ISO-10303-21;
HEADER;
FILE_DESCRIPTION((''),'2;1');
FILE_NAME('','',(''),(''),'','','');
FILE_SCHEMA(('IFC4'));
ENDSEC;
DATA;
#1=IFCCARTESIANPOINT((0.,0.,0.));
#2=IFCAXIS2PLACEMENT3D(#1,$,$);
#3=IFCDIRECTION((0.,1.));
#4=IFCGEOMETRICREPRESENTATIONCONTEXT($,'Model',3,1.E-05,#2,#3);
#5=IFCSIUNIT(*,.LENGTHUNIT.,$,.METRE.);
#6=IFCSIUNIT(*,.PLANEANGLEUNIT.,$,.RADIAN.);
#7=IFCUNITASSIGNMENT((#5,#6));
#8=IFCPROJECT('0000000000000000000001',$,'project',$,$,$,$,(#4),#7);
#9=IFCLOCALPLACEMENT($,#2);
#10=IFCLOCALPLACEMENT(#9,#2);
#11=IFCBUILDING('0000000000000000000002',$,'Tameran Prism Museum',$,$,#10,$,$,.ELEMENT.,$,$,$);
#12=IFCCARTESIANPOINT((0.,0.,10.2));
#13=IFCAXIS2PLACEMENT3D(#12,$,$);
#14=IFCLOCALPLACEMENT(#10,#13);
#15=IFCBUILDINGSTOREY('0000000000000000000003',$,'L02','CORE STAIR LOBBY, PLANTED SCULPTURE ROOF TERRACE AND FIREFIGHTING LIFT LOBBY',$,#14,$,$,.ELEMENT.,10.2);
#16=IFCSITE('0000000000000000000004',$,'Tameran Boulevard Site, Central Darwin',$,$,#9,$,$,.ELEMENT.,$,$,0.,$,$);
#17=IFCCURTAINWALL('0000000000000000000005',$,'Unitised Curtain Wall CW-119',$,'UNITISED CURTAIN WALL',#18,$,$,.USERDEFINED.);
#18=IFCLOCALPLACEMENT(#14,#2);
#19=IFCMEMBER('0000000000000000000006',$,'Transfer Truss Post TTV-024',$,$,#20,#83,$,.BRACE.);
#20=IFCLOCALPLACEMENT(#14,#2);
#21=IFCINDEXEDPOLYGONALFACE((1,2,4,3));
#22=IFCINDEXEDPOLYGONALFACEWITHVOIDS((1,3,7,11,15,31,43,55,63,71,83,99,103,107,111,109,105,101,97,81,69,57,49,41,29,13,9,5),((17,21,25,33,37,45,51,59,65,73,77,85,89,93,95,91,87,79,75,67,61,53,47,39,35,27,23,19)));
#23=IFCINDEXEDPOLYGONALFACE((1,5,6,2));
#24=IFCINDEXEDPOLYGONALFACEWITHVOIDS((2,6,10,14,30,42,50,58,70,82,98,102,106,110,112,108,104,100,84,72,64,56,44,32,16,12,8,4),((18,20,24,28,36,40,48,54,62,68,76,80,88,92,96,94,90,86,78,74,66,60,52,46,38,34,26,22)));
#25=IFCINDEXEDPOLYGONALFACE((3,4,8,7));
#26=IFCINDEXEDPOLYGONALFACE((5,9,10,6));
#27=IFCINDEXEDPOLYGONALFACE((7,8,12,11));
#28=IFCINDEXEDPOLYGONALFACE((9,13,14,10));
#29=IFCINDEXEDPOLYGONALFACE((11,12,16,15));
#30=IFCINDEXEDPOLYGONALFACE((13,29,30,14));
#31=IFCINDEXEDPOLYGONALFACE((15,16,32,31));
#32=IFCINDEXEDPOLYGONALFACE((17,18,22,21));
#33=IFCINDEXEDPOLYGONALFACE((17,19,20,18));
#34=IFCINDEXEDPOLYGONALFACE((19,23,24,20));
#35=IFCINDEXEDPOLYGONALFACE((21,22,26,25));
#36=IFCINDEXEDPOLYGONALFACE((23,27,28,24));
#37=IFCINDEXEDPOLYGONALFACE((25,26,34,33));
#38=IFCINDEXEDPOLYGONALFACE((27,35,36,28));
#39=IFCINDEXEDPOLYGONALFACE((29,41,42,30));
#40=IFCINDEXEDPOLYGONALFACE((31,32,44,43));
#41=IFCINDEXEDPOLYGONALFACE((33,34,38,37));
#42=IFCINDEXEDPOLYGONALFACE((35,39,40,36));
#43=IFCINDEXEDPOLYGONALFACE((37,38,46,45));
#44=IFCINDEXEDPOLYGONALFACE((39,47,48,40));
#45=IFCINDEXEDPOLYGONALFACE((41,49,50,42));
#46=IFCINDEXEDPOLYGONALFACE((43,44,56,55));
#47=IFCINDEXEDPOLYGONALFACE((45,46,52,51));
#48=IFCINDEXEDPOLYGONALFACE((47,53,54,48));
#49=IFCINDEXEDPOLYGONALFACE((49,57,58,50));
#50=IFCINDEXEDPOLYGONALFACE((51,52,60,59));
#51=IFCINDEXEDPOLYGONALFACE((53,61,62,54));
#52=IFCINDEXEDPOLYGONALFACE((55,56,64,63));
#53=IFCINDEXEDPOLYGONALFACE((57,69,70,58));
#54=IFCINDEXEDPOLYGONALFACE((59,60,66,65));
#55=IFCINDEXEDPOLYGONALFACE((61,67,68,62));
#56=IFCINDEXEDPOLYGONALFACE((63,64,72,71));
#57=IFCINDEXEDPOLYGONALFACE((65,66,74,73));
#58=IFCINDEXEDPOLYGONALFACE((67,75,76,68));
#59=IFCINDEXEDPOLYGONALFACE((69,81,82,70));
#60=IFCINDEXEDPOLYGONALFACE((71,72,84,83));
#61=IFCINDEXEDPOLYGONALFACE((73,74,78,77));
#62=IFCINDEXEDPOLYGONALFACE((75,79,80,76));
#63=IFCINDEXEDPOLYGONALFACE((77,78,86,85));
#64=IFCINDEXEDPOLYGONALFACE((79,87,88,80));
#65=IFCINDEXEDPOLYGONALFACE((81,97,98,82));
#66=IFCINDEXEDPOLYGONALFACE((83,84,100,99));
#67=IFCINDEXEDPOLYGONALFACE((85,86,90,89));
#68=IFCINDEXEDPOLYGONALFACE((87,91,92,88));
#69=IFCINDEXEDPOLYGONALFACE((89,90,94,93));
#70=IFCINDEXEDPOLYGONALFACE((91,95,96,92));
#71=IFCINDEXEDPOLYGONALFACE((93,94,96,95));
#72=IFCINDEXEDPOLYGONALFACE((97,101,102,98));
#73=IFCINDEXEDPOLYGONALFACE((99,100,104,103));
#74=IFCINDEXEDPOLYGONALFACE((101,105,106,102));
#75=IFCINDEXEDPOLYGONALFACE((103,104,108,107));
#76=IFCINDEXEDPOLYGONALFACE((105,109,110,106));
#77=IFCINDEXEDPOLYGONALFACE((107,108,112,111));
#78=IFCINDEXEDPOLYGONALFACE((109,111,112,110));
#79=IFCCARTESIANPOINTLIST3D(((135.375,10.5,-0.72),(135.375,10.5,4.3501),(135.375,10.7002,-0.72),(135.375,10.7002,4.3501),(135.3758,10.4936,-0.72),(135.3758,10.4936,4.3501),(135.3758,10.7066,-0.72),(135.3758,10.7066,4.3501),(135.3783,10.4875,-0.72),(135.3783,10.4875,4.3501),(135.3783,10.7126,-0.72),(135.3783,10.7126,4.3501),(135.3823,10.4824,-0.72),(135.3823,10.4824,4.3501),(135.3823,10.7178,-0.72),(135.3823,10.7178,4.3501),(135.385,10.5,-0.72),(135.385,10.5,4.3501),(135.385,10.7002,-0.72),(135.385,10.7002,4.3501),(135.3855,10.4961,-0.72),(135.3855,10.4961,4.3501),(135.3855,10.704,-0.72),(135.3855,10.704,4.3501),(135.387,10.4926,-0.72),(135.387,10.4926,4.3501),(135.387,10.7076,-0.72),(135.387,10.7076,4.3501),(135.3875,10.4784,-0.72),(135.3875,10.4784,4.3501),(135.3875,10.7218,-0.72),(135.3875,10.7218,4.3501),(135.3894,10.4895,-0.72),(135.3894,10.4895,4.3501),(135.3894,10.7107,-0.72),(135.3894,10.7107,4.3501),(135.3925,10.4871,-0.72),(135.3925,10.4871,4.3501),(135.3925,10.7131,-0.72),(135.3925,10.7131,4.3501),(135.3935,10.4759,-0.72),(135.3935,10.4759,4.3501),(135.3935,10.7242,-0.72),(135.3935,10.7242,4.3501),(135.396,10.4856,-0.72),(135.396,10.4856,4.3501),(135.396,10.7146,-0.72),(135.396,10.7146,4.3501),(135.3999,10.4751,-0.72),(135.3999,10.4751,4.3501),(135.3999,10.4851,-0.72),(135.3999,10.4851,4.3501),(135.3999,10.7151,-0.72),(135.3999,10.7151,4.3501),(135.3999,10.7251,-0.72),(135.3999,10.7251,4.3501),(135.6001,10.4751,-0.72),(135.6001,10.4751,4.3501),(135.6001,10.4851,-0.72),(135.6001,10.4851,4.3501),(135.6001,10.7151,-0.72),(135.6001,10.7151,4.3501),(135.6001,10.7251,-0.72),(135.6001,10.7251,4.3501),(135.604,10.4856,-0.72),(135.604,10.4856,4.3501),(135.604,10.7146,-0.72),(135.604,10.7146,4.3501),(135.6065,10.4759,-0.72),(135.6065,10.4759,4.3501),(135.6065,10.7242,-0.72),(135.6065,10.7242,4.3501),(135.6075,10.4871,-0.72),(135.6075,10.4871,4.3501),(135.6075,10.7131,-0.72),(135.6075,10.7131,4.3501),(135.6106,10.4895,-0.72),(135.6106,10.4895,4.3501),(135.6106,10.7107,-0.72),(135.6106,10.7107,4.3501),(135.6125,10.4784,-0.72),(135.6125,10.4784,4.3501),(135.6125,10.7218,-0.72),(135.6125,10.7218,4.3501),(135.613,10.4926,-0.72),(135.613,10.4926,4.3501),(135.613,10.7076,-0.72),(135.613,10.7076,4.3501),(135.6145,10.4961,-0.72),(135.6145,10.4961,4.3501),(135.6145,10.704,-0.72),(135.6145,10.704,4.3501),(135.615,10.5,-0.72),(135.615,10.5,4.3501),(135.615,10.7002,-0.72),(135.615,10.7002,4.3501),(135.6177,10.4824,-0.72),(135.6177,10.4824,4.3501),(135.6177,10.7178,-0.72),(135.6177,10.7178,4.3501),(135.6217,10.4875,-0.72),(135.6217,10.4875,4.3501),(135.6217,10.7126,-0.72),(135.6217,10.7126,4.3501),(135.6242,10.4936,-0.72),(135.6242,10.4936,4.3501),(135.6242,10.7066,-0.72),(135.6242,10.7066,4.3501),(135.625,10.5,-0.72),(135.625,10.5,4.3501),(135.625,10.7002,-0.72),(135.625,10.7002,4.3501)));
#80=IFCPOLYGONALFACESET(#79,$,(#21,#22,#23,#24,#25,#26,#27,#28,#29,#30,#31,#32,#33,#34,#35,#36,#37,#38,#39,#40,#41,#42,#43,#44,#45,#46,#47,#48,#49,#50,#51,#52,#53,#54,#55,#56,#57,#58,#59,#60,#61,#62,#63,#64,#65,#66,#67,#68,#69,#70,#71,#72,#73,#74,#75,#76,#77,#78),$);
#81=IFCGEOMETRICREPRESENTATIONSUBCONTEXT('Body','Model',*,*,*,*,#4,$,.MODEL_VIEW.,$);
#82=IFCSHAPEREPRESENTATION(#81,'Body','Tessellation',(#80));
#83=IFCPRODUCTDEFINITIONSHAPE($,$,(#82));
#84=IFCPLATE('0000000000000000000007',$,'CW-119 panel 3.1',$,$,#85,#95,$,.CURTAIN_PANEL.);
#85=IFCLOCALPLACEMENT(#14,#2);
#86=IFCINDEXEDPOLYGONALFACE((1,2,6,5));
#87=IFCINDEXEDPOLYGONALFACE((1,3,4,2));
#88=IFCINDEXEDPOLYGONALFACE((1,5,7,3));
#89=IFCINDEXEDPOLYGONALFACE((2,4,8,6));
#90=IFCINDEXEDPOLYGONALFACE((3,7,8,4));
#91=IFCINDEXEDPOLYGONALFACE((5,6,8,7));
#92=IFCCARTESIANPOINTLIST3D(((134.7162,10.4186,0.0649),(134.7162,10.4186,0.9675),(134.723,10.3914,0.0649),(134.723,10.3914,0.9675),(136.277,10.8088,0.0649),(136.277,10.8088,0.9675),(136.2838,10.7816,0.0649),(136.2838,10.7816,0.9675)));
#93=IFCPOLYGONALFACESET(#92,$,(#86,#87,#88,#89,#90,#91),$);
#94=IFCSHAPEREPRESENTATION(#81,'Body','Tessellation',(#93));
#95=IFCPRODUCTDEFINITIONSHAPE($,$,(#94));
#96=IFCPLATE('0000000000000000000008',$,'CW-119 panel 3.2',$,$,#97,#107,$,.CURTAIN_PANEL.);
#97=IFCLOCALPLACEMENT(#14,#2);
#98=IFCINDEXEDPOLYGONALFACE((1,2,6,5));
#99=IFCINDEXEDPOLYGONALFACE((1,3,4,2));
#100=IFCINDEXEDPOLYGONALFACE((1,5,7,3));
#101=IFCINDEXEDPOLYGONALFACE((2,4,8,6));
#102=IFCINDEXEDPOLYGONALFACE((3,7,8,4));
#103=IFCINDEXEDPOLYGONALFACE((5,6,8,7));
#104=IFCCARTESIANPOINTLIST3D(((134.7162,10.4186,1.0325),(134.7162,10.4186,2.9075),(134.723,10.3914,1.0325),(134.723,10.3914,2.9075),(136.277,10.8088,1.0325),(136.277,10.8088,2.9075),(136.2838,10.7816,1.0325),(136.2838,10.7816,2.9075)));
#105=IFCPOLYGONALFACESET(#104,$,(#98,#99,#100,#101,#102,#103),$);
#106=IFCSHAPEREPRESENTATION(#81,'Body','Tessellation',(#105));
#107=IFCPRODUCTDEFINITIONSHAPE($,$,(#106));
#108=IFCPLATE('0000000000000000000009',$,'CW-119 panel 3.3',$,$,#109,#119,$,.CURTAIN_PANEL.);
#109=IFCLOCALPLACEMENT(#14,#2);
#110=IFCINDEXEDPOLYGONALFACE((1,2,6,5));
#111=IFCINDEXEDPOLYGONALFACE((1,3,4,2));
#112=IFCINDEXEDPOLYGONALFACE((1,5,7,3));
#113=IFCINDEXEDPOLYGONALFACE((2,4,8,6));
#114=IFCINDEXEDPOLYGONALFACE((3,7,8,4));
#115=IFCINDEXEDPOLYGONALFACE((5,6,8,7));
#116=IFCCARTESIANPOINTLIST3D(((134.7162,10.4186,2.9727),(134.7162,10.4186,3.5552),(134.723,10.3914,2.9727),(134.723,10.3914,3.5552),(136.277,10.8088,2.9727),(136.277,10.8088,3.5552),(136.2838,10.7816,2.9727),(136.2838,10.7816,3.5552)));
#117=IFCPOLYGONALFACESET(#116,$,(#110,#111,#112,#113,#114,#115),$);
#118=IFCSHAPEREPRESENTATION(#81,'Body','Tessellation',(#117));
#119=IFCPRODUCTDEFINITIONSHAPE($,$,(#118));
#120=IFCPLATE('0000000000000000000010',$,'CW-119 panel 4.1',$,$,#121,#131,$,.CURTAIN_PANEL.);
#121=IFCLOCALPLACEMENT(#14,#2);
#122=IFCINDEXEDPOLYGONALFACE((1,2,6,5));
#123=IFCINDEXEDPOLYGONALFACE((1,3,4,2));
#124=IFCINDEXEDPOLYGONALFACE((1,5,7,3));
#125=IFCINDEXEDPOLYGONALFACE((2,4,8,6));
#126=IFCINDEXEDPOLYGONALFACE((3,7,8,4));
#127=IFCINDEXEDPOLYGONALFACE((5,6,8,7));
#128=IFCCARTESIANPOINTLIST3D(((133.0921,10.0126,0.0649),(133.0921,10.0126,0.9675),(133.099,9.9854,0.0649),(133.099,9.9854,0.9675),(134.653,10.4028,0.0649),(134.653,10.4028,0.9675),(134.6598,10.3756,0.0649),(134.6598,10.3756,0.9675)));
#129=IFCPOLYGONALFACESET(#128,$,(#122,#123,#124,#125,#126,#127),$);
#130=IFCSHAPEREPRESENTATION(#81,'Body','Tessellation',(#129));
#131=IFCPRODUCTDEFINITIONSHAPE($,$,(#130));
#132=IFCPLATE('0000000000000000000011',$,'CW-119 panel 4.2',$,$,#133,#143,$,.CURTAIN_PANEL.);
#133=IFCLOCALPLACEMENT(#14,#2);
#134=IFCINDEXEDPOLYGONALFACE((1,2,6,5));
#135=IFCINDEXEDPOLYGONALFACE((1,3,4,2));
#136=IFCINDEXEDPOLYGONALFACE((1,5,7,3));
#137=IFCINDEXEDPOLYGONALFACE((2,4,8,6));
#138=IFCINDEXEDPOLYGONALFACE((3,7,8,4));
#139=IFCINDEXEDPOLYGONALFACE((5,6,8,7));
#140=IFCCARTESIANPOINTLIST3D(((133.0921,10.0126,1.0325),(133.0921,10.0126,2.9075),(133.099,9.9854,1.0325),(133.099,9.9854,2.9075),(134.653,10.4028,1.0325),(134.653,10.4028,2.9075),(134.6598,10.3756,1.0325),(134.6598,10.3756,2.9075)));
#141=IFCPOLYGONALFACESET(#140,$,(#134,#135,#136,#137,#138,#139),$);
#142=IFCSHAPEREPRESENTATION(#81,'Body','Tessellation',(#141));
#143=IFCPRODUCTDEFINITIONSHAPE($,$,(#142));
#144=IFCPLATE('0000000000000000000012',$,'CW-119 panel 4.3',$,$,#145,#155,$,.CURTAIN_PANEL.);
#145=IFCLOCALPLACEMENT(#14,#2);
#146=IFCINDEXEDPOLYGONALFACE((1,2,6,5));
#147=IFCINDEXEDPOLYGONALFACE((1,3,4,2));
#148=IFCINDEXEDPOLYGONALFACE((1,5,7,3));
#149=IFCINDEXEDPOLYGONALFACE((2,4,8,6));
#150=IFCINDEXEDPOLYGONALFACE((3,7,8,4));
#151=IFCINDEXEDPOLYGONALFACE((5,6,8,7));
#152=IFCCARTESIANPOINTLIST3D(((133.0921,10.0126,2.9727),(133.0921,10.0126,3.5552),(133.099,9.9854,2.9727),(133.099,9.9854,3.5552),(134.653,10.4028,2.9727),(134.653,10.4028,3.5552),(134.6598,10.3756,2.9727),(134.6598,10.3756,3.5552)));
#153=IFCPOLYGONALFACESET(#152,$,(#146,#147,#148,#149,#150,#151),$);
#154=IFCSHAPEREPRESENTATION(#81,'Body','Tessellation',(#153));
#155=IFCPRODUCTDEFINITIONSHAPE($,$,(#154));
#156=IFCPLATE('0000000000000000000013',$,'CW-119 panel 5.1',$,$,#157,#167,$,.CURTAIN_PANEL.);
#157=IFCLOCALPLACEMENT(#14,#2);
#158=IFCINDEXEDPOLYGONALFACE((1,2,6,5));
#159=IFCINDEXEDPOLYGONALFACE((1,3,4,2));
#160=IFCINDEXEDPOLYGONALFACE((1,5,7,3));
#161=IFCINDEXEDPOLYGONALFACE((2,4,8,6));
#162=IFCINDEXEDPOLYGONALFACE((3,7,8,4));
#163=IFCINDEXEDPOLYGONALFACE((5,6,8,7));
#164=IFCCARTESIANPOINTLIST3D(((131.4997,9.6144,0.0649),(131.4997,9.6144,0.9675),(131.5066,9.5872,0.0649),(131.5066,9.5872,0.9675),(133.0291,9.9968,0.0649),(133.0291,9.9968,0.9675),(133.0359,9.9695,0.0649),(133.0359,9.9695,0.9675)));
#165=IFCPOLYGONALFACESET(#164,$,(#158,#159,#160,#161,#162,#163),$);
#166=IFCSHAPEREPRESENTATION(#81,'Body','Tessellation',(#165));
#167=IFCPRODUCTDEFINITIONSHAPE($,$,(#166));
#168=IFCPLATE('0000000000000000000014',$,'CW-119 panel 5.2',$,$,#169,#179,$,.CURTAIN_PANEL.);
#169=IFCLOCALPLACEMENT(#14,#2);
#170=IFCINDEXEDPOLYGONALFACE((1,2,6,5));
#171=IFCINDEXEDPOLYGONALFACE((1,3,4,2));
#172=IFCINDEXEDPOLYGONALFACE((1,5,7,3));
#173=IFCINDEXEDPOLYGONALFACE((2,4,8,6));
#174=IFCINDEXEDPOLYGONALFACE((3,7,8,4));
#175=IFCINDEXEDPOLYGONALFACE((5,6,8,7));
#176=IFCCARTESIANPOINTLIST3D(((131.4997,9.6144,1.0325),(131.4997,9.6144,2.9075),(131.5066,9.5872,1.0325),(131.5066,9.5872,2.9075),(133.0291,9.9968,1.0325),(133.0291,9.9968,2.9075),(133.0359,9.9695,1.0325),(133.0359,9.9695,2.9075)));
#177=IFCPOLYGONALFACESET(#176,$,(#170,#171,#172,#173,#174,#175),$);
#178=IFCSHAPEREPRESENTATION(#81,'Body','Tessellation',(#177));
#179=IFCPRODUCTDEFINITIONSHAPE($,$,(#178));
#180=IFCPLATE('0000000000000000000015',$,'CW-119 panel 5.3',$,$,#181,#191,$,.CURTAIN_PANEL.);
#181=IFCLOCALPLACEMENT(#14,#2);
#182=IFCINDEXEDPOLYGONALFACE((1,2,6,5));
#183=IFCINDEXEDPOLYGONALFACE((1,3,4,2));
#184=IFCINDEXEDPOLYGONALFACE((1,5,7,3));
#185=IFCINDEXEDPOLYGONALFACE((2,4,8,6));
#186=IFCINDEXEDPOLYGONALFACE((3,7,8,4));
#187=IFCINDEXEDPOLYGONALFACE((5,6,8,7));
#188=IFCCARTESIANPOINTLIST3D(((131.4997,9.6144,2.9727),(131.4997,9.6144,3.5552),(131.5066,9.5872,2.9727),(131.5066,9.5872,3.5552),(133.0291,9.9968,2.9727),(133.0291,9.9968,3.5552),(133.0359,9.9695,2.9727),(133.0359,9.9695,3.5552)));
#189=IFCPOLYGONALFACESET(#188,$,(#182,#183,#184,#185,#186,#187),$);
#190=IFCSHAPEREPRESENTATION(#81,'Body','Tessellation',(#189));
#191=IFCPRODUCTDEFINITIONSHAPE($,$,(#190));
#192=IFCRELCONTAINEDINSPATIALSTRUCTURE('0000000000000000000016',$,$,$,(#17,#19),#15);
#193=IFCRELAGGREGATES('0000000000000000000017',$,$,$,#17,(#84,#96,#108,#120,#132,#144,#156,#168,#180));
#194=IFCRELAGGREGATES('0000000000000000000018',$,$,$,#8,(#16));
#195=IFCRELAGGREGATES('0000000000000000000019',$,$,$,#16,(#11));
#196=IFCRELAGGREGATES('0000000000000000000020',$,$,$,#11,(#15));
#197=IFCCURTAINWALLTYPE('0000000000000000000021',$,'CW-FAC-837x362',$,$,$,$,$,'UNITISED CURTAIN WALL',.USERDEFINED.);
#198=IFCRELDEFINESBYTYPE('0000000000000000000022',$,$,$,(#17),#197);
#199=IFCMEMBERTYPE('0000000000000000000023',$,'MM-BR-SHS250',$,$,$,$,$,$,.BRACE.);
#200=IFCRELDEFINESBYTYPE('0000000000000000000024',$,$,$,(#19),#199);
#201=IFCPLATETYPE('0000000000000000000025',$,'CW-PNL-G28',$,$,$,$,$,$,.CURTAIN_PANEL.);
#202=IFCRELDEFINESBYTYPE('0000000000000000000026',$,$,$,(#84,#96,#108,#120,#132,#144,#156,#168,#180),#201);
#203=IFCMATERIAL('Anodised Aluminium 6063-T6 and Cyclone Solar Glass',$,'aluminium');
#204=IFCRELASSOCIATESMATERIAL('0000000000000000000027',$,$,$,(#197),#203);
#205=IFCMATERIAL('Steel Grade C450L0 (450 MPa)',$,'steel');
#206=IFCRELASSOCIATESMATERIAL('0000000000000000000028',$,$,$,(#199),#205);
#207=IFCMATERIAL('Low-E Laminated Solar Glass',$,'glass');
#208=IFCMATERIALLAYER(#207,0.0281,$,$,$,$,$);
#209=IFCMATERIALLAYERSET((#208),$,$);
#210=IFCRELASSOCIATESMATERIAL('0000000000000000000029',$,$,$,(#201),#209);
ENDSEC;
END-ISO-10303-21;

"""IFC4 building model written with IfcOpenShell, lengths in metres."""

from ifc_helpers import new_model, si_unit, direction, frame, origin, origin_2d, place, context, subcontext, project, spatial, rectangle, hollow_rectangle, extrude, material, layer, layer_set, material_profile, profile_set, type_object, element, aggregate, save


model = new_model("IFC4")

# Units and contexts
model_context = context("Model", 3, precision=1e-05, world=origin(), true_north=direction((0.0, 1.0)))
body_context = subcontext(model_context, "Body", "Model", "MODEL_VIEW")
ifc_project = project(units=[si_unit("LENGTHUNIT", "METRE"), si_unit("PLANEANGLEUNIT", "RADIAN")], contexts=[model_context])

# Site, building, storey
site_placement = place(None, origin())
site = spatial("IfcSite", under=ifc_project, at=site_placement, Name="Tameran Boulevard Site, Central Darwin", CompositionType="ELEMENT", RefElevation=0.0)
building_placement = place(site_placement, origin())
building = spatial("IfcBuilding", under=site, at=building_placement, Name="Tameran Prism Museum", CompositionType="ELEMENT")
storey_placement = place(building_placement, frame((0.0, 0.0, 10.2)))
storey = spatial("IfcBuildingStorey", under=building, at=storey_placement, Name="L02", Description="CORE STAIR LOBBY, PLANTED SCULPTURE ROOF TERRACE AND FIREFIGHTING LIFT LOBBY", CompositionType="ELEMENT", Elevation=10.2)

# Curtain wall
ifc_material_1 = material(Name="Anodised Aluminium 6063-T6 and Cyclone Solar Glass", Category="aluminium")
curtain_wall_type = type_object("IfcCurtainWallType", Name="CW-FAC-837x362", ElementType="UNITISED CURTAIN WALL", PredefinedType="USERDEFINED", material=ifc_material_1)
curtain_wall_placement = place(storey_placement, origin())
curtain_wall = element("IfcCurtainWall", 1, at=curtain_wall_placement, inside=storey, type_object=curtain_wall_type, Name="Unitised Curtain Wall CW-119", ObjectType="UNITISED CURTAIN WALL", PredefinedType="USERDEFINED")

# Member
ifc_material_2 = material(Name="Steel Grade C450L0 (450 MPa)", Category="steel")
ifc_material_profile_1 = material_profile(ifc_material_2, hollow_rectangle(XDim=0.25, YDim=0.25, WallThickness=0.01, InnerFilletRadius=0.0149, OuterFilletRadius=0.0249, at=origin_2d()))
ifc_profile_set_1 = profile_set([ifc_material_profile_1])
member_type_1 = type_object("IfcMemberType", Name="MM-BR-SHS250", PredefinedType="BRACE", material=ifc_profile_set_1)
member_1_placement = place(storey_placement, frame((135.5, 10.6001, -0.72), z_axis=(0.0, 0.0, 1.0), x_axis=(1.0, 0.0, 0.0)))
element("IfcMember", 2, at=member_1_placement, inside=storey, type_object=member_type_1, Name="Transfer Truss Post TTV-024", PredefinedType="BRACE", context=body_context, shape_type="SweptSolid", body=[
    extrude(hollow_rectangle(XDim=0.25, YDim=0.25, WallThickness=0.01, InnerFilletRadius=0.0149, OuterFilletRadius=0.0249, at=origin_2d()), origin(), (0.0, 0.0, 1.0), 5.0701),
])

# Plates
ifc_material_3 = material(Name="Low-E Laminated Solar Glass", Category="glass")
ifc_layer_1 = layer(ifc_material_3, 0.0281)
ifc_layer_set_1 = layer_set([ifc_layer_1])
plate_type_1 = type_object("IfcPlateType", Name="CW-PNL-G28", PredefinedType="CURTAIN_PANEL", material=ifc_layer_set_1)
plate_1_placement = place(storey_placement, frame((135.5, 10.6001, 0.0649), z_axis=(0.0, 0.0, 1.0), x_axis=(-0.970143, -0.242536, 0.0)))
plate_1 = element("IfcPlate", 3, at=plate_1_placement, type_object=plate_type_1, Name="CW-119 panel 3.1", PredefinedType="CURTAIN_PANEL", context=body_context, shape_type="SweptSolid", body=[
    extrude(rectangle(XDim=1.6089, YDim=0.0281, at=origin_2d()), origin(), (0.0, 0.0, 1.0), 0.9026),
])
plate_2_placement = place(storey_placement, frame((135.5, 10.6001, 1.0325), z_axis=(0.0, 0.0, 1.0), x_axis=(-0.970143, -0.242536, 0.0)))
plate_2 = element("IfcPlate", 4, at=plate_2_placement, type_object=plate_type_1, Name="CW-119 panel 3.2", PredefinedType="CURTAIN_PANEL", context=body_context, shape_type="SweptSolid", body=[
    extrude(rectangle(XDim=1.6089, YDim=0.0281, at=origin_2d()), origin(), (0.0, 0.0, 1.0), 1.875),
])
plate_3_placement = place(storey_placement, frame((135.5, 10.6001, 2.9727), z_axis=(0.0, 0.0, 1.0), x_axis=(-0.970143, -0.242536, 0.0)))
plate_3 = element("IfcPlate", 5, at=plate_3_placement, type_object=plate_type_1, Name="CW-119 panel 3.3", PredefinedType="CURTAIN_PANEL", context=body_context, shape_type="SweptSolid", body=[
    extrude(rectangle(XDim=1.6089, YDim=0.0281, at=origin_2d()), origin(), (0.0, 0.0, 1.0), 0.5825),
])
plate_4_placement = place(storey_placement, frame((133.876, 10.1941, 0.0649), z_axis=(0.0, 0.0, 1.0), x_axis=(-0.970143, -0.242536, 0.0)))
plate_4 = element("IfcPlate", 6, at=plate_4_placement, type_object=plate_type_1, Name="CW-119 panel 4.1", PredefinedType="CURTAIN_PANEL", context=body_context, shape_type="SweptSolid", body=[
    extrude(rectangle(XDim=1.6089, YDim=0.0281, at=origin_2d()), origin(), (0.0, 0.0, 1.0), 0.9026),
])
plate_5_placement = place(storey_placement, frame((133.876, 10.1941, 1.0325), z_axis=(0.0, 0.0, 1.0), x_axis=(-0.970143, -0.242536, 0.0)))
plate_5 = element("IfcPlate", 7, at=plate_5_placement, type_object=plate_type_1, Name="CW-119 panel 4.2", PredefinedType="CURTAIN_PANEL", context=body_context, shape_type="SweptSolid", body=[
    extrude(rectangle(XDim=1.6089, YDim=0.0281, at=origin_2d()), origin(), (0.0, 0.0, 1.0), 1.875),
])
plate_6_placement = place(storey_placement, frame((133.876, 10.1941, 2.9727), z_axis=(0.0, 0.0, 1.0), x_axis=(-0.970143, -0.242536, 0.0)))
plate_6 = element("IfcPlate", 8, at=plate_6_placement, type_object=plate_type_1, Name="CW-119 panel 4.3", PredefinedType="CURTAIN_PANEL", context=body_context, shape_type="SweptSolid", body=[
    extrude(rectangle(XDim=1.6089, YDim=0.0281, at=origin_2d()), origin(), (0.0, 0.0, 1.0), 0.5825),
])
plate_7_placement = place(storey_placement, frame((132.2678, 9.792, 0.0649), z_axis=(0.0, 0.0, 1.0), x_axis=(-0.970143, -0.242536, 0.0)))
plate_7 = element("IfcPlate", 9, at=plate_7_placement, type_object=plate_type_1, Name="CW-119 panel 5.1", PredefinedType="CURTAIN_PANEL", context=body_context, shape_type="SweptSolid", body=[
    extrude(rectangle(XDim=1.5764, YDim=0.0281, at=origin_2d()), origin(), (0.0, 0.0, 1.0), 0.9026),
])
plate_8_placement = place(storey_placement, frame((132.2678, 9.792, 1.0325), z_axis=(0.0, 0.0, 1.0), x_axis=(-0.970143, -0.242536, 0.0)))
plate_8 = element("IfcPlate", 10, at=plate_8_placement, type_object=plate_type_1, Name="CW-119 panel 5.2", PredefinedType="CURTAIN_PANEL", context=body_context, shape_type="SweptSolid", body=[
    extrude(rectangle(XDim=1.5764, YDim=0.0281, at=origin_2d()), origin(), (0.0, 0.0, 1.0), 1.875),
])
plate_9_placement = place(storey_placement, frame((132.2678, 9.792, 2.9727), z_axis=(0.0, 0.0, 1.0), x_axis=(-0.970143, -0.242536, 0.0)))
plate_9 = element("IfcPlate", 11, at=plate_9_placement, type_object=plate_type_1, Name="CW-119 panel 5.3", PredefinedType="CURTAIN_PANEL", context=body_context, shape_type="SweptSolid", body=[
    extrude(rectangle(XDim=1.5764, YDim=0.0281, at=origin_2d()), origin(), (0.0, 0.0, 1.0), 0.5825),
])
aggregate(curtain_wall, [plate_1, plate_2, plate_3, plate_4, plate_5, plate_6, plate_7, plate_8, plate_9])

save(model, "model.ifc")
